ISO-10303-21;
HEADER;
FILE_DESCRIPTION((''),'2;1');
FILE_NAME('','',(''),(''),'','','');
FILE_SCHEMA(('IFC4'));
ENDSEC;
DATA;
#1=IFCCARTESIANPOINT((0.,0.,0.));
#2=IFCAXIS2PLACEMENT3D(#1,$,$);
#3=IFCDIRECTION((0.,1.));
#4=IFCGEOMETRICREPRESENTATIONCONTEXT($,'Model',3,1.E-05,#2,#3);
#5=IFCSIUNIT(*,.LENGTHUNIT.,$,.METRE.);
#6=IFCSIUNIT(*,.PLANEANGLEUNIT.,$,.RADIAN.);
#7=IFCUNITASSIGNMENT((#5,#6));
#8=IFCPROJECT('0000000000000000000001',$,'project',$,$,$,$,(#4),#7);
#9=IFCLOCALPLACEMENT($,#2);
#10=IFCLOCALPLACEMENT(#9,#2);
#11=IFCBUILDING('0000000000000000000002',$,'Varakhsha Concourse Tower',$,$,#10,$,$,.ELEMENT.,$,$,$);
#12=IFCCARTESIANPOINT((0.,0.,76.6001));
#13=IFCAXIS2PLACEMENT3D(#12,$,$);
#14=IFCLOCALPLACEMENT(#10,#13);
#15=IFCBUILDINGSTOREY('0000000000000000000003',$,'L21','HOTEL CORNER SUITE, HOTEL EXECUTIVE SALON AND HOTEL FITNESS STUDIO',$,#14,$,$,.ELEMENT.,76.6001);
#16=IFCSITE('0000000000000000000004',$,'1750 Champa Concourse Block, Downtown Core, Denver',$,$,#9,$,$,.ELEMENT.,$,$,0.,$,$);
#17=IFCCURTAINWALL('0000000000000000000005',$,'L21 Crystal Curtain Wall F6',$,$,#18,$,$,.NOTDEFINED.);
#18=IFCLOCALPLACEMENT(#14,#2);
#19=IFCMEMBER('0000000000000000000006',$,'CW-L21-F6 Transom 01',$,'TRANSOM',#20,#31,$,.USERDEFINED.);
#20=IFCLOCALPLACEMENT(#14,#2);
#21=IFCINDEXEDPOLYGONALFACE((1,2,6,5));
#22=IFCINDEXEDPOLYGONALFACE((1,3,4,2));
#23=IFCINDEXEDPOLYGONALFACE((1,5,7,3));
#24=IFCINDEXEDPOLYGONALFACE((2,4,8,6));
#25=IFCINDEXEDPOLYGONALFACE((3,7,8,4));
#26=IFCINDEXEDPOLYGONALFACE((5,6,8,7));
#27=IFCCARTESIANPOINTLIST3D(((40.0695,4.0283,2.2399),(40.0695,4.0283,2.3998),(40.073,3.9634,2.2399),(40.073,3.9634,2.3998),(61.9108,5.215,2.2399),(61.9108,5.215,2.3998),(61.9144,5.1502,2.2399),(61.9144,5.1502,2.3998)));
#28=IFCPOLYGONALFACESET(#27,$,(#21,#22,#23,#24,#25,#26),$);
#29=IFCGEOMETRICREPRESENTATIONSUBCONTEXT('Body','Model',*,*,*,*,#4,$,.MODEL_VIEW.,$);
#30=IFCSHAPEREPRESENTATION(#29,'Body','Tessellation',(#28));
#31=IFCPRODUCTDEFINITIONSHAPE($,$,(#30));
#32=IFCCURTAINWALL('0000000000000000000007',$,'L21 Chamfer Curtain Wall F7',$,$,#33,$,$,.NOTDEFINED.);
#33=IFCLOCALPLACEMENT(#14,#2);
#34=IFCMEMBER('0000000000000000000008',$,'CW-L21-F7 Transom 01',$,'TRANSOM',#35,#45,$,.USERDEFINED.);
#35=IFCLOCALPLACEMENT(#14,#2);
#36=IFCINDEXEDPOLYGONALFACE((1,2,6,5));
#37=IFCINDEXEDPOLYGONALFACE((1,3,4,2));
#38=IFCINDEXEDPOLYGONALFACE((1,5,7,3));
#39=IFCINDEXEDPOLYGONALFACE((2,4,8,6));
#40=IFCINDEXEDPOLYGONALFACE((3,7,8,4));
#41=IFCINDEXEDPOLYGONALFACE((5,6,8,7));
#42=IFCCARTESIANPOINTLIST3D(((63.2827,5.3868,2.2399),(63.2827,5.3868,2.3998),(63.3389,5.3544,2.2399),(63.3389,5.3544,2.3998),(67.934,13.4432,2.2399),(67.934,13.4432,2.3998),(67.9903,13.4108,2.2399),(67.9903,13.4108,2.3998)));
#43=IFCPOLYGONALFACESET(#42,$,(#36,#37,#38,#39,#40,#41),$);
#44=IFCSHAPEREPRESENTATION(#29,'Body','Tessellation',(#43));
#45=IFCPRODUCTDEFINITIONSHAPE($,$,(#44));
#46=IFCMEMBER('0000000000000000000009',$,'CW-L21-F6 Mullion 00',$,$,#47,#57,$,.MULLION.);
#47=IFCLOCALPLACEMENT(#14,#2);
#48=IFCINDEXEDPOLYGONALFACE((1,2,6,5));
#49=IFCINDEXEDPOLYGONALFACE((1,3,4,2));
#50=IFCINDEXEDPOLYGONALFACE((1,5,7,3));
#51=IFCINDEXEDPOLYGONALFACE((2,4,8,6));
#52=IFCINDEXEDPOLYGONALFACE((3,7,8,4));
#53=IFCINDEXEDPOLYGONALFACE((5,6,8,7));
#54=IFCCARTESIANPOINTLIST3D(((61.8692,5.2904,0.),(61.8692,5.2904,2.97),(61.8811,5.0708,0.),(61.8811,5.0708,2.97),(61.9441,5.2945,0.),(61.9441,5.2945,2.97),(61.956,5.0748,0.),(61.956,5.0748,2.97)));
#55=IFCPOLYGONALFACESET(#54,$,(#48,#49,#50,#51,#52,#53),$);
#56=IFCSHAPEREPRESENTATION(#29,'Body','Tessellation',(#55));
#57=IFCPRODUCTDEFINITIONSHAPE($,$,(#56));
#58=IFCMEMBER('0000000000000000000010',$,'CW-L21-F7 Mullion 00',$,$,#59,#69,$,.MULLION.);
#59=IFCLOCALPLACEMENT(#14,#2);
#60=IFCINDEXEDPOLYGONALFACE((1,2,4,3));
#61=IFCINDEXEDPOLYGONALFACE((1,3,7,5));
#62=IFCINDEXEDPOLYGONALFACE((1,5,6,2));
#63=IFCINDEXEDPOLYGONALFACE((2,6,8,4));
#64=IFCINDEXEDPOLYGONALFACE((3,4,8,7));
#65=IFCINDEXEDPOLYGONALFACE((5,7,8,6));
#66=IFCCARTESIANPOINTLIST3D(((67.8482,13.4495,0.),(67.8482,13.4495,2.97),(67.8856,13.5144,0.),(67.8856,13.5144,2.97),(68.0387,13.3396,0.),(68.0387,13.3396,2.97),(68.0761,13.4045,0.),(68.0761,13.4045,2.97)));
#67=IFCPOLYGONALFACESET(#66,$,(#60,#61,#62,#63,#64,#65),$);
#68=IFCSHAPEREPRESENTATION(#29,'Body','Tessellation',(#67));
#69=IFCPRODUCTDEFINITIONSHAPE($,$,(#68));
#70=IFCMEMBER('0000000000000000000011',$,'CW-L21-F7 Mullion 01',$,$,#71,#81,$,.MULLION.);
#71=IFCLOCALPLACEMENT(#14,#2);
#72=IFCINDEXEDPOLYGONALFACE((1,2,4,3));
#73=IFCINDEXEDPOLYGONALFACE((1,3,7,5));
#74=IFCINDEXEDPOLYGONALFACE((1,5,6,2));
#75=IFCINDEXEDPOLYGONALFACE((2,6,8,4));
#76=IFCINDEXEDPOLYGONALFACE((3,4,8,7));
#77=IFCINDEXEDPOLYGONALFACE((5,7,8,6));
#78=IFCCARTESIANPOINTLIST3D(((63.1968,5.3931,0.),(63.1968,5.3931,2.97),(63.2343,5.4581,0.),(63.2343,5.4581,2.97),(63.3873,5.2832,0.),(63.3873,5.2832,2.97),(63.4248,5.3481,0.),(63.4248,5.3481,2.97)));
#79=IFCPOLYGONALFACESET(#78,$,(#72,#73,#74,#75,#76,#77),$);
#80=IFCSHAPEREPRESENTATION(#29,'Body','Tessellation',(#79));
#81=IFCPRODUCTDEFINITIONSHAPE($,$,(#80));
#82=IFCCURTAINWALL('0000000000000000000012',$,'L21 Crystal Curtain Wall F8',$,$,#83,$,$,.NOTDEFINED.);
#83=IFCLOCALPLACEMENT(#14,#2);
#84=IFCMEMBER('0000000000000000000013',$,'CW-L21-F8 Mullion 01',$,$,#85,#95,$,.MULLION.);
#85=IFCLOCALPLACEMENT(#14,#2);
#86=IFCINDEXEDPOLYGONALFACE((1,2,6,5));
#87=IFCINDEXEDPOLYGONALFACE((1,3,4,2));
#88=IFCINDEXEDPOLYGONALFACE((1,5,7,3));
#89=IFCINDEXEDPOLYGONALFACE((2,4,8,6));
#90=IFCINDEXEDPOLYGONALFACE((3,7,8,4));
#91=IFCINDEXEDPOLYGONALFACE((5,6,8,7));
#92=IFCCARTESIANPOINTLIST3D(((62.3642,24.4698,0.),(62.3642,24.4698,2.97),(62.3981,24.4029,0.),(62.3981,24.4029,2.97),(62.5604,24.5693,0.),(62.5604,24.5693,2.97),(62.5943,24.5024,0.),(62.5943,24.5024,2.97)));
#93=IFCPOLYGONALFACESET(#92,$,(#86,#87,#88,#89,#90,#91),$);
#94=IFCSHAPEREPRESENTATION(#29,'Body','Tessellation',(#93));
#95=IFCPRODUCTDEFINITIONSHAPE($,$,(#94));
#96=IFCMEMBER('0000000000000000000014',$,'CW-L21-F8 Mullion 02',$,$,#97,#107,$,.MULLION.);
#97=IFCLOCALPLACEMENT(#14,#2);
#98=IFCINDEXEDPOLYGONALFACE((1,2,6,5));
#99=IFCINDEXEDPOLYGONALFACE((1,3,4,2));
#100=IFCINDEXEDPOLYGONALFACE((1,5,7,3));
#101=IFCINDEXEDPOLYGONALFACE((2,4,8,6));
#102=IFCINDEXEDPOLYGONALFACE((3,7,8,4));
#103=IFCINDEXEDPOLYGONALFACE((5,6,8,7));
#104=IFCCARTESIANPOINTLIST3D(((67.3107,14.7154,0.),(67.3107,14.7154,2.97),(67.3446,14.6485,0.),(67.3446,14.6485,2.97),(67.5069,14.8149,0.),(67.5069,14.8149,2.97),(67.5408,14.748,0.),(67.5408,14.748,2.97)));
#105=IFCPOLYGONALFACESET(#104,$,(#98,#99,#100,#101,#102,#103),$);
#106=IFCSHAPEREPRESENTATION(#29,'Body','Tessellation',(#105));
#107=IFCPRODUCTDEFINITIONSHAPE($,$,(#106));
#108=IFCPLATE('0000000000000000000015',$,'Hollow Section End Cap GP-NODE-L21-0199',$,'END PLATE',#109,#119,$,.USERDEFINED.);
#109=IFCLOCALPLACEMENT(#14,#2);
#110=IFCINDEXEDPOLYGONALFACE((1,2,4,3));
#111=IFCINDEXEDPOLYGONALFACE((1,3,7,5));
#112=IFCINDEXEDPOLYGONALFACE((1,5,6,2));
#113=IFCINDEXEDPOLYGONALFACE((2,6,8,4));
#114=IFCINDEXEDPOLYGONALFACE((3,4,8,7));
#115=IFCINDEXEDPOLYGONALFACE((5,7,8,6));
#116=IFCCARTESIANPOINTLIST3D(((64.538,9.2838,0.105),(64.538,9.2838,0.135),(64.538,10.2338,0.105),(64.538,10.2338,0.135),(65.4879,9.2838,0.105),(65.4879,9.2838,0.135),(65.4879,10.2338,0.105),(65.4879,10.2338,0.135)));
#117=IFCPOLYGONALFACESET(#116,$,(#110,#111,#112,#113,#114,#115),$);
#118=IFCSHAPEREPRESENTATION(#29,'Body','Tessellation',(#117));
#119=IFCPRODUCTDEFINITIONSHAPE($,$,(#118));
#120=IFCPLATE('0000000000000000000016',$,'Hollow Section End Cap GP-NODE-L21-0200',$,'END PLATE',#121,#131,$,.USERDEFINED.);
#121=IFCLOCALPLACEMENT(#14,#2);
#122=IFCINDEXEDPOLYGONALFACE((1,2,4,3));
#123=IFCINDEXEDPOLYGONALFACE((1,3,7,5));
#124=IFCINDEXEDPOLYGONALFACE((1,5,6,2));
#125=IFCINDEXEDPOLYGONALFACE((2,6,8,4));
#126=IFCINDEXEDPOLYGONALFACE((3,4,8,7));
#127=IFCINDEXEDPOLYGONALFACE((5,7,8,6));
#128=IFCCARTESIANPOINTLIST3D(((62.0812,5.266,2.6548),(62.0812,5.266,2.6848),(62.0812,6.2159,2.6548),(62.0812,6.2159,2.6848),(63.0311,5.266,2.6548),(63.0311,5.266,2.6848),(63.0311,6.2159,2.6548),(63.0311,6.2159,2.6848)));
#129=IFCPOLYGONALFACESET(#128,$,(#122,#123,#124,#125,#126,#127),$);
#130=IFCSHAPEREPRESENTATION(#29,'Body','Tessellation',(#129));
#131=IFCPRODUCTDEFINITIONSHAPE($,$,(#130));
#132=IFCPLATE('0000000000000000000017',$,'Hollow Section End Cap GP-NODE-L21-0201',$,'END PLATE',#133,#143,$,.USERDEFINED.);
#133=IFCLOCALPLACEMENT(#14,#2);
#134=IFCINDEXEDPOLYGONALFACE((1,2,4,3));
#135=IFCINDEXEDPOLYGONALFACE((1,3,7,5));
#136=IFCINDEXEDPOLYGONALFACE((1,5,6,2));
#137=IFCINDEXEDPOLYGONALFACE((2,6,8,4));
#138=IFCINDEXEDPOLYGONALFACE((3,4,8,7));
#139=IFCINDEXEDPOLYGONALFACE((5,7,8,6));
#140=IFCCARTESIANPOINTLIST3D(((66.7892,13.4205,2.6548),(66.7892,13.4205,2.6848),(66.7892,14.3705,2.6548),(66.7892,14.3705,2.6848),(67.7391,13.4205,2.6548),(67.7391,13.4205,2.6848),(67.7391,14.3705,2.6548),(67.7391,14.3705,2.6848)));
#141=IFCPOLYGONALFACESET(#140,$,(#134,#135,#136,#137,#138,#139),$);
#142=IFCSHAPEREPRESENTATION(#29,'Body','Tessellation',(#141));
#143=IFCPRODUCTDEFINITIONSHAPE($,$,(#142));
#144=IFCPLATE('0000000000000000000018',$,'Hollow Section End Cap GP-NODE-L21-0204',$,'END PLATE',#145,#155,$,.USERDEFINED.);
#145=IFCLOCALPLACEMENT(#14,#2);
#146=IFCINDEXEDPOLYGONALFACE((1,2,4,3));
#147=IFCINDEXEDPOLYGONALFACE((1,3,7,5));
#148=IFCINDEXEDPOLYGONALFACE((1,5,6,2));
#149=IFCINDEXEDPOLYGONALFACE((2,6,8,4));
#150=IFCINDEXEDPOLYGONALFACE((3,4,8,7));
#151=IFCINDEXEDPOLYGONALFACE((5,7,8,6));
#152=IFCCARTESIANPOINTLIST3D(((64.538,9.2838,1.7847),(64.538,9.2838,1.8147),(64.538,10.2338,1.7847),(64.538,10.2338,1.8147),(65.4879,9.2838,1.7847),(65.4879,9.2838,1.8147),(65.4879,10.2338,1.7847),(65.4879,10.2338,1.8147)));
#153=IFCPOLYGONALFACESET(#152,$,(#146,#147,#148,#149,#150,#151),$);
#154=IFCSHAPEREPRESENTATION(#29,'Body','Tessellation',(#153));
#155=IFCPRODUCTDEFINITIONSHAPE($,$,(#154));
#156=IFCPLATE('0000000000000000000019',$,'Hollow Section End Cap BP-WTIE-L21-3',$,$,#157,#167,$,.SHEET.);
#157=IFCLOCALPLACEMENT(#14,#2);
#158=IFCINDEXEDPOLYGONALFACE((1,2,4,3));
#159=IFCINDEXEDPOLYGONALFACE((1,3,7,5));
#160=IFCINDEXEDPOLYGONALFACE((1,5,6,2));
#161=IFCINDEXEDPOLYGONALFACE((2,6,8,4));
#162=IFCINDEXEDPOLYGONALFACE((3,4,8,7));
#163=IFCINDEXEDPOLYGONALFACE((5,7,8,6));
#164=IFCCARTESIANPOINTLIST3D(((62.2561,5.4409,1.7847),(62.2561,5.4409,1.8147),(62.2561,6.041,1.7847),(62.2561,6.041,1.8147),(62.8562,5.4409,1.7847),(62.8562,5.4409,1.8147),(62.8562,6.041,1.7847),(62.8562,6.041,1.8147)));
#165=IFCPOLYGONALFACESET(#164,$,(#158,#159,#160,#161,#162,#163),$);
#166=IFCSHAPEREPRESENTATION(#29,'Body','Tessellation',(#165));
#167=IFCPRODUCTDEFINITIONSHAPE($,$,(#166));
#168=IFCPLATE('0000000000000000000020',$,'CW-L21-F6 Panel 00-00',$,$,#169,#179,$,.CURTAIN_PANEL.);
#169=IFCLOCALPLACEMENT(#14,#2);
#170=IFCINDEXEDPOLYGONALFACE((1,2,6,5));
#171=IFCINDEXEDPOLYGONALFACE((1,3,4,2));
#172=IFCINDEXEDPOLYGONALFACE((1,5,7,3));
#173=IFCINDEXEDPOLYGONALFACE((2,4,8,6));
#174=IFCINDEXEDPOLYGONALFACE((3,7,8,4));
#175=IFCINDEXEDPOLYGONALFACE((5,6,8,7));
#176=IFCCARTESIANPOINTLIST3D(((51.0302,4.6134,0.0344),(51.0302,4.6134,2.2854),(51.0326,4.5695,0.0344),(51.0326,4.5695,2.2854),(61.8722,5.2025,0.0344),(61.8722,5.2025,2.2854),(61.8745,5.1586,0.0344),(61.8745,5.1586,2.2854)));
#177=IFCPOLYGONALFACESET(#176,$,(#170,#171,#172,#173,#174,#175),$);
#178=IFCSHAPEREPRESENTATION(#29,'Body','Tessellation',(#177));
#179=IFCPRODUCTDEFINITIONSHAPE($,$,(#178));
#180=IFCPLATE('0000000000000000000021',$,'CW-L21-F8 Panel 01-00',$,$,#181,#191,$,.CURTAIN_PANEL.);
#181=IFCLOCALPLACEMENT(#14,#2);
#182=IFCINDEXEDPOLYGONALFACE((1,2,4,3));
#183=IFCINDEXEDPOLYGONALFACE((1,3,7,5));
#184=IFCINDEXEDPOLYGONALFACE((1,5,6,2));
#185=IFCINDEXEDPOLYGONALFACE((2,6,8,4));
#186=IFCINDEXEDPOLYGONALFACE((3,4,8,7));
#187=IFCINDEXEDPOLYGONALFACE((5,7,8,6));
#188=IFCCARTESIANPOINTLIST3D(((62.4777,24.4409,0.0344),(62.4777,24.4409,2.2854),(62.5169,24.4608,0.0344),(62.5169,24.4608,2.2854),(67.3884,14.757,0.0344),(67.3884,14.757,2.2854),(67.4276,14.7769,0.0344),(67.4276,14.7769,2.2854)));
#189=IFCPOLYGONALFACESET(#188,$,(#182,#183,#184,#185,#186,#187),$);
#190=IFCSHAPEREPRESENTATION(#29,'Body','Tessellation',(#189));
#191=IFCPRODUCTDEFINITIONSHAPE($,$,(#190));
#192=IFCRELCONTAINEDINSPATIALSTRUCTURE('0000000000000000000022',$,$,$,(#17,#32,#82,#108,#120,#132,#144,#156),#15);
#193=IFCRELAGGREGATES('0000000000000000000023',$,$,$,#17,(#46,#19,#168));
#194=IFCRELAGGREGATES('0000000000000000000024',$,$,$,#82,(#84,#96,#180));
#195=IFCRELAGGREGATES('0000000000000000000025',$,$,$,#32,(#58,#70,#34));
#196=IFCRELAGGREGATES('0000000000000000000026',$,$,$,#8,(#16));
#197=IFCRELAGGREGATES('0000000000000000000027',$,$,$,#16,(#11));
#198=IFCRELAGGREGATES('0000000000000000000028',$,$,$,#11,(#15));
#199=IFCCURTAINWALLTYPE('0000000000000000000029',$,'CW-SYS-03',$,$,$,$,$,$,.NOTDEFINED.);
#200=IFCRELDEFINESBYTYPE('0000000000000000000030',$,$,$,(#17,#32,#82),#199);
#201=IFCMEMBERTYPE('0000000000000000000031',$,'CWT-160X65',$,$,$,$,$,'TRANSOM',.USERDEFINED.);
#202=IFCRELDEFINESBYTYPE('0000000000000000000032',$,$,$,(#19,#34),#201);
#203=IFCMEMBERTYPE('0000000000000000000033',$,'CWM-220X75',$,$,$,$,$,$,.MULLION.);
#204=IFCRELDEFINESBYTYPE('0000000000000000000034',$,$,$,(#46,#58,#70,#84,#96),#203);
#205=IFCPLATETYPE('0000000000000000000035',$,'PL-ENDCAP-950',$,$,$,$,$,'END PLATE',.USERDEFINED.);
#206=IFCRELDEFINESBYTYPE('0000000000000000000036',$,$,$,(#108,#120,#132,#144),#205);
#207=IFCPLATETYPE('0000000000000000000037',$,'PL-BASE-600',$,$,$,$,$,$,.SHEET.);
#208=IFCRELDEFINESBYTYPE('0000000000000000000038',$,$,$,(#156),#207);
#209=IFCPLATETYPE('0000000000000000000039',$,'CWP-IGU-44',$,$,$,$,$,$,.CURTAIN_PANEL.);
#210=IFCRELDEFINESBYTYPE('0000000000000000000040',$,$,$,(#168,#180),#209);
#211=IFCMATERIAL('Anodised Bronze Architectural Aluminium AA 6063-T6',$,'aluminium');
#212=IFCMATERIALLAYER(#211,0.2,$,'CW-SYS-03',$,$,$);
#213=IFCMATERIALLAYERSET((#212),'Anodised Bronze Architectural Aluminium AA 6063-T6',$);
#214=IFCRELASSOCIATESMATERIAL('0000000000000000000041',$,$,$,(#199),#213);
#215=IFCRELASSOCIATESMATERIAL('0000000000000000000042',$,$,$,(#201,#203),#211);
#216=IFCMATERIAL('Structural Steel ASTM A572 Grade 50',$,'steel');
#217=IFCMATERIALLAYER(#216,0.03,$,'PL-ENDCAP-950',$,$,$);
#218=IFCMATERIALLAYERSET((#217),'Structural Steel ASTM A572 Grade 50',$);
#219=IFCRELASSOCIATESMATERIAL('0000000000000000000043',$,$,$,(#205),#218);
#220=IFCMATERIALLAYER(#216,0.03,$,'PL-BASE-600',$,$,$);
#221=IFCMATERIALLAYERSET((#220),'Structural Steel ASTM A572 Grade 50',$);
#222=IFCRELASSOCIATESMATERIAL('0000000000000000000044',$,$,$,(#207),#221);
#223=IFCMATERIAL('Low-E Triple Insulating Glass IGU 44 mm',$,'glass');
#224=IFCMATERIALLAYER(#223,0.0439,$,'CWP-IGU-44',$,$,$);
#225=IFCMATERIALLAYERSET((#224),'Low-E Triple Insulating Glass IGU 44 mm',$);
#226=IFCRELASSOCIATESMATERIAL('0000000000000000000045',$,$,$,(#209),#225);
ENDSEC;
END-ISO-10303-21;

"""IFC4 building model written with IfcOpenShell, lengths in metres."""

from ifc_helpers import new_model, si_unit, direction, frame, origin, origin_2d, place, context, subcontext, project, spatial, rectangle, extrude, source, transform, mapped, material, layer, layer_set, material_profile, profile_set, type_object, type_shapes, element, aggregate, save


model = new_model("IFC4")

# Units and contexts
model_context = context("Model", 3, precision=1e-05, world=origin(), true_north=direction((0.0, 1.0)))
body_context = subcontext(model_context, "Body", "Model", "MODEL_VIEW")
ifc_project = project(units=[si_unit("LENGTHUNIT", "METRE"), si_unit("PLANEANGLEUNIT", "RADIAN")], contexts=[model_context])

# Site, building, storey
site_placement = place(None, origin())
site = spatial("IfcSite", under=ifc_project, at=site_placement, Name="1750 Champa Concourse Block, Downtown Core, Denver", CompositionType="ELEMENT", RefElevation=0.0)
building_placement = place(site_placement, origin())
building = spatial("IfcBuilding", under=site, at=building_placement, Name="Varakhsha Concourse Tower", CompositionType="ELEMENT")
storey_placement = place(building_placement, frame((0.0, 0.0, 76.6001)))
storey = spatial("IfcBuildingStorey", under=building, at=storey_placement, Name="L21", Description="HOTEL CORNER SUITE, HOTEL EXECUTIVE SALON AND HOTEL FITNESS STUDIO", CompositionType="ELEMENT", Elevation=76.6001)

# Shared definitions
ifc_material_1 = material(Name="Structural Steel ASTM A572 Grade 50", Category="steel")

# Curtain walls, members
ifc_material_2 = material(Name="Anodised Bronze Architectural Aluminium AA 6063-T6", Category="aluminium")
ifc_layer_1 = layer(ifc_material_2, 0.2, Name="CW-SYS-03")
ifc_layer_set_1 = layer_set([ifc_layer_1], Name="Anodised Bronze Architectural Aluminium AA 6063-T6")
curtain_wall_type = type_object("IfcCurtainWallType", Name="CW-SYS-03", PredefinedType="NOTDEFINED", material=ifc_layer_set_1)
curtain_wall_1_placement = place(storey_placement, origin())
curtain_wall_1 = element("IfcCurtainWall", 1, at=curtain_wall_1_placement, inside=storey, type_object=curtain_wall_type, Name="L21 Crystal Curtain Wall F6", PredefinedType="NOTDEFINED")
ifc_material_profile_1 = material_profile(ifc_material_2, rectangle(XDim=0.0649, YDim=0.1599, at=origin_2d()), Name="CWT-160X65")
ifc_profile_set_1 = profile_set([ifc_material_profile_1], Name="Anodised Bronze Architectural Aluminium AA 6063-T6")
member_type_1 = type_object("IfcMemberType", Name="CWT-160X65", ElementType="TRANSOM", PredefinedType="USERDEFINED", material=ifc_profile_set_1)
shared_shape_1 = source(origin(), body_context, "Body", "SweptSolid", [
    extrude(rectangle(XDim=0.0649, YDim=0.1599, at=origin_2d()), origin(), (0.0, 0.0, 1.0), 21.8735),
])
member_1_placement = place(storey_placement, frame((61.9126, 5.1826, 2.3198), z_axis=(-0.998527, -0.054256, 0.0), x_axis=(0.054256, -0.998527, 0.0)))
member_1 = element("IfcMember", 2, at=member_1_placement, type_object=member_type_1, Name="CW-L21-F6 Transom 01", ObjectType="TRANSOM", PredefinedType="USERDEFINED", context=body_context, shape_type="MappedRepresentation", body=[
    mapped(shared_shape_1, transform((0.0, 0.0, 0.0), scale=1.0)),
])
curtain_wall_2_placement = place(storey_placement, origin())
curtain_wall_2 = element("IfcCurtainWall", 3, at=curtain_wall_2_placement, inside=storey, type_object=curtain_wall_type, Name="L21 Chamfer Curtain Wall F7", PredefinedType="NOTDEFINED")
shared_shape_2 = source(origin(), body_context, "Body", "SweptSolid", [
    extrude(rectangle(XDim=0.0649, YDim=0.1599, at=origin_2d()), origin(), (0.0, 0.0, 1.0), 9.3027),
])
type_shapes(member_type_1, [shared_shape_1, shared_shape_2])
member_2_placement = place(storey_placement, frame((67.9622, 13.427, 2.3198), z_axis=(-0.5, -0.866025, 0.0), x_axis=(0.866025, -0.5, 0.0)))
member_2 = element("IfcMember", 4, at=member_2_placement, type_object=member_type_1, Name="CW-L21-F7 Transom 01", ObjectType="TRANSOM", PredefinedType="USERDEFINED", context=body_context, shape_type="MappedRepresentation", body=[
    mapped(shared_shape_2, transform((0.0, 0.0, 0.0), scale=1.0)),
])

# Members
ifc_material_profile_2 = material_profile(ifc_material_2, rectangle(XDim=0.075, YDim=0.22, at=origin_2d()), Name="CWM-220X75")
ifc_profile_set_2 = profile_set([ifc_material_profile_2], Name="Anodised Bronze Architectural Aluminium AA 6063-T6")
member_type_2 = type_object("IfcMemberType", Name="CWM-220X75", PredefinedType="MULLION", material=ifc_profile_set_2)
shared_shape_3 = source(origin(), body_context, "Body", "SweptSolid", [
    extrude(rectangle(XDim=0.075, YDim=0.22, at=origin_2d()), origin(), (0.0, 0.0, 1.0), 2.97),
])
type_shapes(member_type_2, [shared_shape_3])
member_3_placement = place(storey_placement, frame((61.9126, 5.1826, 0.0), z_axis=(0.0, 0.0, 1.0), x_axis=(-0.998527, -0.054257, 0.0)))
member_3 = element("IfcMember", 5, at=member_3_placement, type_object=member_type_2, Name="CW-L21-F6 Mullion 00", PredefinedType="MULLION", context=body_context, shape_type="MappedRepresentation", body=[
    mapped(shared_shape_3, transform((0.0, 0.0, 0.0), scale=1.0)),
])
member_4_placement = place(storey_placement, frame((67.9622, 13.427, 0.0), z_axis=(0.0, 0.0, 1.0), x_axis=(-0.499994, -0.866029, 0.0)))
member_4 = element("IfcMember", 6, at=member_4_placement, type_object=member_type_2, Name="CW-L21-F7 Mullion 00", PredefinedType="MULLION", context=body_context, shape_type="MappedRepresentation", body=[
    mapped(shared_shape_3, transform((0.0, 0.0, 0.0), scale=1.0)),
])
member_5_placement = place(storey_placement, frame((63.3108, 5.3706, 0.0), z_axis=(0.0, 0.0, 1.0), x_axis=(-0.499994, -0.866029, 0.0)))
member_5 = element("IfcMember", 7, at=member_5_placement, type_object=member_type_2, Name="CW-L21-F7 Mullion 01", PredefinedType="MULLION", context=body_context, shape_type="MappedRepresentation", body=[
    mapped(shared_shape_3, transform((0.0, 0.0, 0.0), scale=1.0)),
])

# Curtain wall, members
curtain_wall_3_placement = place(storey_placement, origin())
curtain_wall_3 = element("IfcCurtainWall", 8, at=curtain_wall_3_placement, inside=storey, type_object=curtain_wall_type, Name="L21 Crystal Curtain Wall F8", PredefinedType="NOTDEFINED")
member_6_placement = place(storey_placement, frame((62.4792, 24.4861, 0.0), z_axis=(0.0, 0.0, 1.0), x_axis=(0.452274, -0.891879, 0.0)))
member_6 = element("IfcMember", 9, at=member_6_placement, type_object=member_type_2, Name="CW-L21-F8 Mullion 01", PredefinedType="MULLION", context=body_context, shape_type="MappedRepresentation", body=[
    mapped(shared_shape_3, transform((0.0, 0.0, 0.0), scale=1.0)),
])
member_7_placement = place(storey_placement, frame((67.4258, 14.7317, 0.0), z_axis=(0.0, 0.0, 1.0), x_axis=(0.452274, -0.891879, 0.0)))
member_7 = element("IfcMember", 10, at=member_7_placement, type_object=member_type_2, Name="CW-L21-F8 Mullion 02", PredefinedType="MULLION", context=body_context, shape_type="MappedRepresentation", body=[
    mapped(shared_shape_3, transform((0.0, 0.0, 0.0), scale=1.0)),
])

# Plates
ifc_layer_2 = layer(ifc_material_1, 0.03, Name="PL-ENDCAP-950")
ifc_layer_set_2 = layer_set([ifc_layer_2], Name="Structural Steel ASTM A572 Grade 50")
plate_type_1 = type_object("IfcPlateType", Name="PL-ENDCAP-950", ElementType="END PLATE", PredefinedType="USERDEFINED", material=ifc_layer_set_2)
shared_shape_4 = source(origin(), body_context, "Body", "SweptSolid", [
    extrude(rectangle(XDim=0.95, YDim=0.95, at=origin_2d()), origin(), (0.0, 0.0, 1.0), 0.03),
])
type_shapes(plate_type_1, [shared_shape_4])
for number, where, z_axis, x_axis, name in (
    (11, (65.0129, 9.7588, 0.105), (0.0, 0.0, 1.0), (1.0, 0.0, 0.0), "Hollow Section End Cap GP-NODE-L21-0199"),
    (12, (62.5562, 5.741, 2.6548), (0.0, 0.0, 1.0), (1.0, 0.0, 0.0), "Hollow Section End Cap GP-NODE-L21-0200"),
    (13, (67.2642, 13.8955, 2.6548), (0.0, 0.0, 1.0), (1.0, 0.0, 0.0), "Hollow Section End Cap GP-NODE-L21-0201"),
    (14, (65.0129, 9.7588, 1.7847), (0.0, 0.0, 1.0), (1.0, 0.0, 0.0), "Hollow Section End Cap GP-NODE-L21-0204"),
):
    element("IfcPlate", number, at=place(storey_placement, frame(where, z_axis=z_axis, x_axis=x_axis)), inside=storey, type_object=plate_type_1, Name=name, ObjectType="END PLATE", PredefinedType="USERDEFINED", context=body_context, shape_type="MappedRepresentation", body=[
        mapped(shared_shape_4, transform((0.0, 0.0, 0.0), scale=1.0)),
    ])
ifc_layer_3 = layer(ifc_material_1, 0.03, Name="PL-BASE-600")
ifc_layer_set_3 = layer_set([ifc_layer_3], Name="Structural Steel ASTM A572 Grade 50")
plate_type_2 = type_object("IfcPlateType", Name="PL-BASE-600", PredefinedType="SHEET", material=ifc_layer_set_3)
shared_shape_5 = source(origin(), body_context, "Body", "SweptSolid", [
    extrude(rectangle(XDim=0.6001, YDim=0.6001, at=origin_2d()), origin(), (0.0, 0.0, 1.0), 0.03),
])
type_shapes(plate_type_2, [shared_shape_5])
plate_1_placement = place(storey_placement, frame((62.5562, 5.741, 1.7847), z_axis=(0.0, 0.0, 1.0), x_axis=(1.0, 0.0, 0.0)))
element("IfcPlate", 15, at=plate_1_placement, inside=storey, type_object=plate_type_2, Name="Hollow Section End Cap BP-WTIE-L21-3", PredefinedType="SHEET", context=body_context, shape_type="MappedRepresentation", body=[
    mapped(shared_shape_5, transform((0.0, 0.0, 0.0), scale=1.0)),
])

# Plates
ifc_material_3 = material(Name="Low-E Triple Insulating Glass IGU 44 mm", Category="glass")
ifc_layer_4 = layer(ifc_material_3, 0.0439, Name="CWP-IGU-44")
ifc_layer_set_4 = layer_set([ifc_layer_4], Name="Low-E Triple Insulating Glass IGU 44 mm")
plate_type_3 = type_object("IfcPlateType", Name="CWP-IGU-44", PredefinedType="CURTAIN_PANEL", material=ifc_layer_set_4)
shared_shape_6 = source(origin(), body_context, "Body", "SweptSolid", [
    extrude(rectangle(XDim=10.8579, YDim=0.0439, at=origin_2d()), origin(), (0.0, 0.0, 1.0), 2.251),
])
type_shapes(plate_type_3, [shared_shape_6])
plate_2_placement = place(storey_placement, frame((56.4524, 4.886, 0.0344), z_axis=(0.0, 0.0, 1.0), x_axis=(-0.998527, -0.054257, 0.0)))
plate_2 = element("IfcPlate", 16, at=plate_2_placement, type_object=plate_type_3, Name="CW-L21-F6 Panel 00-00", PredefinedType="CURTAIN_PANEL", context=body_context, shape_type="MappedRepresentation", body=[
    mapped(shared_shape_6, transform((0.0, 0.0, 0.0), scale=1.0)),
])
plate_3_placement = place(storey_placement, frame((64.9526, 19.6089, 0.0344), z_axis=(0.0, 0.0, 1.0), x_axis=(0.452274, -0.891879, 0.0)))
plate_3 = element("IfcPlate", 17, at=plate_3_placement, type_object=plate_type_3, Name="CW-L21-F8 Panel 01-00", PredefinedType="CURTAIN_PANEL", context=body_context, shape_type="MappedRepresentation", body=[
    mapped(shared_shape_6, transform((0.0, 0.0, 0.0), scale=1.0)),
])
aggregate(curtain_wall_1, [member_3, member_1, plate_2])
aggregate(curtain_wall_3, [member_6, member_7, plate_3])
aggregate(curtain_wall_2, [member_4, member_5, member_2])

save(model, "model.ifc")
